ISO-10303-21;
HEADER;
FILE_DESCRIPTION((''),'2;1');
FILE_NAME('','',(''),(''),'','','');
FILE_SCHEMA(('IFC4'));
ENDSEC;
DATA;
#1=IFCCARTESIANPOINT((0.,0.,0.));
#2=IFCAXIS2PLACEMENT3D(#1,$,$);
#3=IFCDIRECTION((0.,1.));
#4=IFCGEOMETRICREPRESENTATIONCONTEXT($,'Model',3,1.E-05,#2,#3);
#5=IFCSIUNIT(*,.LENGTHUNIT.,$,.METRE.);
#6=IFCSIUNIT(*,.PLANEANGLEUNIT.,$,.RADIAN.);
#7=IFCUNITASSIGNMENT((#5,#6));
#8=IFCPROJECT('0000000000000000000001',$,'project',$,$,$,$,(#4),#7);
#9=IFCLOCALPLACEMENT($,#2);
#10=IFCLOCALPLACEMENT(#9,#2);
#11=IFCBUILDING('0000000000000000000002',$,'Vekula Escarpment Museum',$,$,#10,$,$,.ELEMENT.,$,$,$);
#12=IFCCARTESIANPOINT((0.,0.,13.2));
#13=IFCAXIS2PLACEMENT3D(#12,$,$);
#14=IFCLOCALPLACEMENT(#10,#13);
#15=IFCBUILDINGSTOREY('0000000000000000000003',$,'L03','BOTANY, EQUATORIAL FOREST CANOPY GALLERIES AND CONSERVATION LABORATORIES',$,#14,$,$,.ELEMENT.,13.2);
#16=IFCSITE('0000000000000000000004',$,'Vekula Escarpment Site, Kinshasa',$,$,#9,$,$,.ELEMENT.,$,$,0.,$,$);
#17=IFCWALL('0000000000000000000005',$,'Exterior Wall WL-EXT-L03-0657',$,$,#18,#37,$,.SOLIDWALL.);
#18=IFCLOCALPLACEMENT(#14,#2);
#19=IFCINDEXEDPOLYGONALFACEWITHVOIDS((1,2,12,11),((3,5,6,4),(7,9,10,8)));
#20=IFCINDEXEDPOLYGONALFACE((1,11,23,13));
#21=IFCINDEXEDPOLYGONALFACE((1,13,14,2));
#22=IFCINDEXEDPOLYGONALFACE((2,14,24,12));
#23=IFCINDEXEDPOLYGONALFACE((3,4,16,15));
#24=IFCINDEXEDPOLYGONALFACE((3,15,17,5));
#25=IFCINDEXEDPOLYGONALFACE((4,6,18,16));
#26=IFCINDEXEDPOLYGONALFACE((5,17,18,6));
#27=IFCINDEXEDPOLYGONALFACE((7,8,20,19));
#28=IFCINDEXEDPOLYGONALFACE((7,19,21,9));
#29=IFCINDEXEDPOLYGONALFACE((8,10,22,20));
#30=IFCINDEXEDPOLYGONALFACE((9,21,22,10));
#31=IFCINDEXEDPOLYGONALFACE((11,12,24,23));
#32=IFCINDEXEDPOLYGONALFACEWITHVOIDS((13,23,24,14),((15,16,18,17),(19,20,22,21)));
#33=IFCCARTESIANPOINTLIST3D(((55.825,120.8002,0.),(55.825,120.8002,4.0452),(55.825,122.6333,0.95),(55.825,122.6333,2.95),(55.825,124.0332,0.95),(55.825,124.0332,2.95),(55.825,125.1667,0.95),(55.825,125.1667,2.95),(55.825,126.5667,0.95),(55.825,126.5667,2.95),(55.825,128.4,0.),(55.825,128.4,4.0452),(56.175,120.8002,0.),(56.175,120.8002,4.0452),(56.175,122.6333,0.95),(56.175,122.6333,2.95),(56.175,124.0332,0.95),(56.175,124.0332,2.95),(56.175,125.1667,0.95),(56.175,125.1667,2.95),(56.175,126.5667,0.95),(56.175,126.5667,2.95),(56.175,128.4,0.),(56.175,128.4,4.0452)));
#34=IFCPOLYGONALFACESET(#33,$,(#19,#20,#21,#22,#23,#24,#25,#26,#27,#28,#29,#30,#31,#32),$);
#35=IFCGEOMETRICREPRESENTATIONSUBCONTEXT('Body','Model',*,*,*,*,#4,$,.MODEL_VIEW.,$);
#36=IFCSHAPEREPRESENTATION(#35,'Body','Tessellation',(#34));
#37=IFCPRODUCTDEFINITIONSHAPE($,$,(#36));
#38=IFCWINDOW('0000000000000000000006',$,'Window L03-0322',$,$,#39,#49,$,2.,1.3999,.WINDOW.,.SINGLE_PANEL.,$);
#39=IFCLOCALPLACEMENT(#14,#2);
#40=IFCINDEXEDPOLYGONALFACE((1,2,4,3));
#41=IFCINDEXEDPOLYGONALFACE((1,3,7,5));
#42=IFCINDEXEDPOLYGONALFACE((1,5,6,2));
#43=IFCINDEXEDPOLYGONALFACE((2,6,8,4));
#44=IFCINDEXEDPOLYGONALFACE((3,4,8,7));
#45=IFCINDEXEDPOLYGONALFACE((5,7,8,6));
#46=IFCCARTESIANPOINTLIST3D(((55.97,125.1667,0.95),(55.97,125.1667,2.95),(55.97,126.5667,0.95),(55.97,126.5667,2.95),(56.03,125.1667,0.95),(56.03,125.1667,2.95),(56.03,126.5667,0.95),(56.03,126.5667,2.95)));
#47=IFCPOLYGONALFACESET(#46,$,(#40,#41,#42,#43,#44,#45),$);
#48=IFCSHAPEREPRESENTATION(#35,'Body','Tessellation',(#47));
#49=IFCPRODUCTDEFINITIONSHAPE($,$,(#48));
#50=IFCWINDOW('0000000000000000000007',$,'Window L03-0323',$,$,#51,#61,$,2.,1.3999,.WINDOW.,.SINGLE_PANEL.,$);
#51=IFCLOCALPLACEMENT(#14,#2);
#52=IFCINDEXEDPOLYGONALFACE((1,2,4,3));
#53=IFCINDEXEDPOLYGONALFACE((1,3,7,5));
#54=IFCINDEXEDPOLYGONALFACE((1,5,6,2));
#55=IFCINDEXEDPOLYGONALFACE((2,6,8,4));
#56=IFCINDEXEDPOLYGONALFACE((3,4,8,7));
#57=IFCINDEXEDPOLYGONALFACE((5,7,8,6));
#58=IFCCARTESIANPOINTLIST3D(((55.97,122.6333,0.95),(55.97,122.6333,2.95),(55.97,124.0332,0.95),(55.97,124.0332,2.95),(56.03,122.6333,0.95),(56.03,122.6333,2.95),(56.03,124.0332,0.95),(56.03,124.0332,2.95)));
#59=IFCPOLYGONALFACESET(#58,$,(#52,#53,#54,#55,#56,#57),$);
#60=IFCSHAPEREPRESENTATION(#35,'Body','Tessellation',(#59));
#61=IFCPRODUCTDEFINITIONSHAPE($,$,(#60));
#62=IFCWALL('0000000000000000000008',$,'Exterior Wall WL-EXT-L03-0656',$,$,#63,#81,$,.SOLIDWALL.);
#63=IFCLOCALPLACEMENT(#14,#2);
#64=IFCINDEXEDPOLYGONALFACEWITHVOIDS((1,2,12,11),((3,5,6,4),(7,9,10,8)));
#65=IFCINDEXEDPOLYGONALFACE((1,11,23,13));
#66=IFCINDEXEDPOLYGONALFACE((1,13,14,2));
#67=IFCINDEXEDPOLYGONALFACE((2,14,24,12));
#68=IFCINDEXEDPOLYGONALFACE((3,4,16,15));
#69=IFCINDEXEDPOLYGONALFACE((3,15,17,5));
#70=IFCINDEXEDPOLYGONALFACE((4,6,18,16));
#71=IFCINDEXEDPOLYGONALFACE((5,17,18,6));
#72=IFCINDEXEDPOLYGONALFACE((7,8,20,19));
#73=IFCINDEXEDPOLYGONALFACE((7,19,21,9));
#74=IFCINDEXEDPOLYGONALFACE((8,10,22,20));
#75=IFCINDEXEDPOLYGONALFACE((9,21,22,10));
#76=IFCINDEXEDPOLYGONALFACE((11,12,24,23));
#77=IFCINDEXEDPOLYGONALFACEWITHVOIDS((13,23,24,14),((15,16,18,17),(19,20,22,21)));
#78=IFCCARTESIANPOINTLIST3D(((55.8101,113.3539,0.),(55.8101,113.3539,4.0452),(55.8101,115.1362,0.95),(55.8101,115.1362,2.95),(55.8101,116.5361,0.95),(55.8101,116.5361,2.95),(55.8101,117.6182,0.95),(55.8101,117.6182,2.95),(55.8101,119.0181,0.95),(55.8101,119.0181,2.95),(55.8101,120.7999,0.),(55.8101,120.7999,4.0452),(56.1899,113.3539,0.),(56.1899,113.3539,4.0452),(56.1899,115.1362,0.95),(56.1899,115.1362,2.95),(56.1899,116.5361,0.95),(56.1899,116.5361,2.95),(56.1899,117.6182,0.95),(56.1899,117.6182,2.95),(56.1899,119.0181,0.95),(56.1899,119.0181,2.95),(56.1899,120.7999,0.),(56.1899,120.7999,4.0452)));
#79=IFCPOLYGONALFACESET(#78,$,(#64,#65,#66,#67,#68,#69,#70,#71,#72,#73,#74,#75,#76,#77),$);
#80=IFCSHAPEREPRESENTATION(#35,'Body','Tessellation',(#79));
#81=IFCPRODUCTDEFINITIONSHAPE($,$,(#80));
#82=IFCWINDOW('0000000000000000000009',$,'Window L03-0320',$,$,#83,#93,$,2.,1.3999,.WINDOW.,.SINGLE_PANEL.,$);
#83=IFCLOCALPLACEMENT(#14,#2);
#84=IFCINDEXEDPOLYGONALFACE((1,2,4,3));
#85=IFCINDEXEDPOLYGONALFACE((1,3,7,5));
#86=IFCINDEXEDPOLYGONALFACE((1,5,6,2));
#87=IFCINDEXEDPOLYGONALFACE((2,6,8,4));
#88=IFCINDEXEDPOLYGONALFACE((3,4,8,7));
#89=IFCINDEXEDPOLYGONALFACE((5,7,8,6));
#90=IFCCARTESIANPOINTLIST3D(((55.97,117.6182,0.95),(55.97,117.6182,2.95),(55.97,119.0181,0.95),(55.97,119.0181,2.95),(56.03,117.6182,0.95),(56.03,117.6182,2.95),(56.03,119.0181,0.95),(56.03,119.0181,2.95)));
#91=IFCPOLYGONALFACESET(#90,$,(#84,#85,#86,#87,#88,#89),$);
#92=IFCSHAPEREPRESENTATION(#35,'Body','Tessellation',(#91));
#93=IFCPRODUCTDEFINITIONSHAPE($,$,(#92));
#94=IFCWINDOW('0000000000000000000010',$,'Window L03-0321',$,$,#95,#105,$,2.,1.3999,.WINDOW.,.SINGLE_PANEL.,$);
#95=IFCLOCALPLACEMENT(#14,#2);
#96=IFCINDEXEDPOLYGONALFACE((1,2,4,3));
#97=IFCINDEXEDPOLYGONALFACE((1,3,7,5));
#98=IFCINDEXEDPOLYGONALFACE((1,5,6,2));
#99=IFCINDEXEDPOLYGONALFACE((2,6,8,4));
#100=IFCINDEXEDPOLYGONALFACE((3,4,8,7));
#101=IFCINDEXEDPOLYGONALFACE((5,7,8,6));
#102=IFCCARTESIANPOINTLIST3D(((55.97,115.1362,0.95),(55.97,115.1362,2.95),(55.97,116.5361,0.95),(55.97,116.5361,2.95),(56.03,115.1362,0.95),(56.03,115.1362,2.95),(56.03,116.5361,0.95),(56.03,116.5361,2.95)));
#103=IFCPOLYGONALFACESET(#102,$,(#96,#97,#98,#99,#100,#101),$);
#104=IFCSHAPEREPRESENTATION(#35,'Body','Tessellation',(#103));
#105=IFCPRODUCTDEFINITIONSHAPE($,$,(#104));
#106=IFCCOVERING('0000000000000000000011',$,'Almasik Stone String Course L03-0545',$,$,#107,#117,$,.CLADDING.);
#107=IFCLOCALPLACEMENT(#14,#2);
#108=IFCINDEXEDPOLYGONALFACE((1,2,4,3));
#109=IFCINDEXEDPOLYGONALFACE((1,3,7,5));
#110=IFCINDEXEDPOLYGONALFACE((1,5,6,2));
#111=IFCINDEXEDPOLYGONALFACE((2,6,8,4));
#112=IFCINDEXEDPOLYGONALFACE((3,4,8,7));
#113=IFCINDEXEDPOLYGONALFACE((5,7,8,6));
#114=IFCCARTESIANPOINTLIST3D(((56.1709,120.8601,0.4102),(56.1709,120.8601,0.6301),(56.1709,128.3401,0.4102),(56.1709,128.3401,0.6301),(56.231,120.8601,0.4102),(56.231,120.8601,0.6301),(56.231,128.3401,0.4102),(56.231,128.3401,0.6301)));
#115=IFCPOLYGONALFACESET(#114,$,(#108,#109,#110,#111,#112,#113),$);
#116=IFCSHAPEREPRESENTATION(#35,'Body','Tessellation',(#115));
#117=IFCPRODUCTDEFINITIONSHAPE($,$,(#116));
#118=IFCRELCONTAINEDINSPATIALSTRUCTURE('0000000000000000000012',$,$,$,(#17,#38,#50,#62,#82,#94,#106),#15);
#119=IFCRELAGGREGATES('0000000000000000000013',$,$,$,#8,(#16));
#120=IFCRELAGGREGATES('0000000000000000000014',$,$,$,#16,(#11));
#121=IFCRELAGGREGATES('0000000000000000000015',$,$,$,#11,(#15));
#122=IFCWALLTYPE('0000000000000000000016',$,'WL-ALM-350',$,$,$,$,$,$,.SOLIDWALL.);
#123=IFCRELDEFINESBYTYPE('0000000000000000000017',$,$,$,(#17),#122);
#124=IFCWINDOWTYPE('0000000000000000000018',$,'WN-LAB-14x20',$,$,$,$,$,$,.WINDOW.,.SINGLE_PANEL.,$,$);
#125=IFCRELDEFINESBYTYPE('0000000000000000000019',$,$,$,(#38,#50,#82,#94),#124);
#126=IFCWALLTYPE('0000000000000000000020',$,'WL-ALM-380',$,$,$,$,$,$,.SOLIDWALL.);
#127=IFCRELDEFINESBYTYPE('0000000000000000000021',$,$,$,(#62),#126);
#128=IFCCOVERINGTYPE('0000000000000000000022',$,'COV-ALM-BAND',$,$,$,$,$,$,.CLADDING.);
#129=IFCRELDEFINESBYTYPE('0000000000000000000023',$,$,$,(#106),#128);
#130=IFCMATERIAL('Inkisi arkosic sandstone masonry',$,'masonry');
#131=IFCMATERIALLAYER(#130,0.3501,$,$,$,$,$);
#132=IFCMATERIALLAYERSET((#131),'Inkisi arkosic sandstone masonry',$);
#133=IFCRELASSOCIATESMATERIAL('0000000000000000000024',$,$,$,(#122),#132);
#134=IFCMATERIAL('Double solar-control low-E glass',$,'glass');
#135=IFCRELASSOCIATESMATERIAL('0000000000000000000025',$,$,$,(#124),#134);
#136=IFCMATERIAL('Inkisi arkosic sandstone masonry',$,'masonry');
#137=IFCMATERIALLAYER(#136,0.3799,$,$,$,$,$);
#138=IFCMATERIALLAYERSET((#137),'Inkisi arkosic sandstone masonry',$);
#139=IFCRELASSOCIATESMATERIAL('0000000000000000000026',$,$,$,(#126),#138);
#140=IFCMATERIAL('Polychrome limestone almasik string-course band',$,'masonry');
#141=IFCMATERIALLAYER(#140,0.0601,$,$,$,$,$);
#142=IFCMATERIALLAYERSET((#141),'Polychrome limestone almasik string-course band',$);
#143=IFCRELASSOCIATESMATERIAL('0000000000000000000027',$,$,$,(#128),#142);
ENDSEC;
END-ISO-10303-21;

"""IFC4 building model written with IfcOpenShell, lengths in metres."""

from ifc_helpers import new_model, si_unit, direction, frame, frame_2d, origin, origin_2d, place, context, subcontext, project, spatial, rectangle, extrude, material, layer, layer_set, type_object, element, fill, save


model = new_model("IFC4")

# Units and contexts
model_context = context("Model", 3, precision=1e-05, world=origin(), true_north=direction((0.0, 1.0)))
body_context = subcontext(model_context, "Body", "Model", "MODEL_VIEW")
ifc_project = project(units=[si_unit("LENGTHUNIT", "METRE"), si_unit("PLANEANGLEUNIT", "RADIAN")], contexts=[model_context])

# Site, building, storey
site_placement = place(None, origin())
site = spatial("IfcSite", under=ifc_project, at=site_placement, Name="Vekula Escarpment Site, Kinshasa", CompositionType="ELEMENT", RefElevation=0.0)
building_placement = place(site_placement, origin())
building = spatial("IfcBuilding", under=site, at=building_placement, Name="Vekula Escarpment Museum", CompositionType="ELEMENT")
storey_placement = place(building_placement, frame((0.0, 0.0, 13.2)))
storey = spatial("IfcBuildingStorey", under=building, at=storey_placement, Name="L03", Description="BOTANY, EQUATORIAL FOREST CANOPY GALLERIES AND CONSERVATION LABORATORIES", CompositionType="ELEMENT", Elevation=13.2)

# Walls, openings, windows
ifc_material_1 = material(Name="Inkisi arkosic sandstone masonry", Category="masonry")
ifc_layer_1 = layer(ifc_material_1, 0.3501)
ifc_layer_set_1 = layer_set([ifc_layer_1], Name="Inkisi arkosic sandstone masonry")
wall_type_1 = type_object("IfcWallType", Name="WL-ALM-350", PredefinedType="SOLIDWALL", material=ifc_layer_set_1)
wall_1_placement = place(storey_placement, frame((56.0, 128.3999, 0.0), z_axis=(0.0, 0.0, 1.0), x_axis=(0.0, -1.0, 0.0)))
wall_1 = element("IfcWall", 1, at=wall_1_placement, inside=storey, type_object=wall_type_1, Name="Exterior Wall WL-EXT-L03-0657", PredefinedType="SOLIDWALL", context=body_context, shape_type="SweptSolid", body=[
    extrude(rectangle(XDim=7.5999, YDim=0.3501, at=frame_2d((3.7998, 0.0))), origin(), (0.0, 0.0, 1.0), 4.0452),
])
opening_1_placement = place(wall_1_placement, frame((1.8333, 0.0, 0.95)))
opening_1 = element("IfcOpeningElement", 2, at=opening_1_placement, cuts=wall_1, PredefinedType="OPENING", context=body_context, shape_type="SweptSolid", body=[
    extrude(rectangle(XDim=1.3999, YDim=2.0, at=frame_2d((0.7, 1.0))), frame((0.0, 0.1851, 0.0), z_axis=(0.0, -1.0, 0.0), x_axis=(1.0, 0.0, 0.0)), (0.0, 0.0, 1.0), 0.3701),
])
opening_2_placement = place(wall_1_placement, frame((4.3667, 0.0, 0.95)))
opening_2 = element("IfcOpeningElement", 3, at=opening_2_placement, cuts=wall_1, PredefinedType="OPENING", context=body_context, shape_type="SweptSolid", body=[
    extrude(rectangle(XDim=1.3999, YDim=2.0, at=frame_2d((0.7, 1.0))), frame((0.0, 0.1851, 0.0), z_axis=(0.0, -1.0, 0.0), x_axis=(1.0, 0.0, 0.0)), (0.0, 0.0, 1.0), 0.3701),
])
ifc_material_2 = material(Name="Double solar-control low-E glass", Category="glass")
window_type = type_object("IfcWindowType", Name="WN-LAB-14x20", PartitioningType="SINGLE_PANEL", PredefinedType="WINDOW", material=ifc_material_2)
window_1_placement = place(opening_1_placement, origin())
window_1 = element("IfcWindow", 4, at=window_1_placement, inside=storey, type_object=window_type, Name="Window L03-0322", OverallHeight=2.0, OverallWidth=1.3999, PartitioningType="SINGLE_PANEL", PredefinedType="WINDOW", context=body_context, shape_type="SweptSolid", body=[
    extrude(rectangle(XDim=1.3999, YDim=2.0, at=frame_2d((0.7, 1.0))), frame((0.0, 0.03, 0.0), z_axis=(0.0, -1.0, 0.0), x_axis=(1.0, 0.0, 0.0)), (0.0, 0.0, 1.0), 0.0601),
])
fill(opening_1, window_1)
window_2_placement = place(opening_2_placement, origin())
window_2 = element("IfcWindow", 5, at=window_2_placement, inside=storey, type_object=window_type, Name="Window L03-0323", OverallHeight=2.0, OverallWidth=1.3999, PartitioningType="SINGLE_PANEL", PredefinedType="WINDOW", context=body_context, shape_type="SweptSolid", body=[
    extrude(rectangle(XDim=1.3999, YDim=2.0, at=frame_2d((0.7, 1.0))), frame((0.0, 0.03, 0.0), z_axis=(0.0, -1.0, 0.0), x_axis=(1.0, 0.0, 0.0)), (0.0, 0.0, 1.0), 0.0601),
])
fill(opening_2, window_2)
ifc_material_3 = material(Name="Inkisi arkosic sandstone masonry", Category="masonry")
ifc_layer_2 = layer(ifc_material_3, 0.3799)
ifc_layer_set_2 = layer_set([ifc_layer_2], Name="Inkisi arkosic sandstone masonry")
wall_type_2 = type_object("IfcWallType", Name="WL-ALM-380", PredefinedType="SOLIDWALL", material=ifc_layer_set_2)
wall_2_placement = place(storey_placement, frame((56.0, 120.8, 0.0), z_axis=(0.0, 0.0, 1.0), x_axis=(0.0, -1.0, 0.0)))
wall_2 = element("IfcWall", 6, at=wall_2_placement, inside=storey, type_object=wall_type_2, Name="Exterior Wall WL-EXT-L03-0656", PredefinedType="SOLIDWALL", context=body_context, shape_type="SweptSolid", body=[
    extrude(rectangle(XDim=7.446, YDim=0.3799, at=frame_2d((3.7231, 0.0))), origin(), (0.0, 0.0, 1.0), 4.0452),
])
opening_3_placement = place(wall_2_placement, frame((1.782, 0.0, 0.95)))
opening_3 = element("IfcOpeningElement", 7, at=opening_3_placement, cuts=wall_2, PredefinedType="OPENING", context=body_context, shape_type="SweptSolid", body=[
    extrude(rectangle(XDim=1.3999, YDim=2.0, at=frame_2d((0.7, 1.0))), frame((0.0, 0.2, 0.0), z_axis=(0.0, -1.0, 0.0), x_axis=(1.0, 0.0, 0.0)), (0.0, 0.0, 1.0), 0.3999),
])
opening_4_placement = place(wall_2_placement, frame((4.2639, 0.0, 0.95)))
opening_4 = element("IfcOpeningElement", 8, at=opening_4_placement, cuts=wall_2, PredefinedType="OPENING", context=body_context, shape_type="SweptSolid", body=[
    extrude(rectangle(XDim=1.3999, YDim=2.0, at=frame_2d((0.7, 1.0))), frame((0.0, 0.2, 0.0), z_axis=(0.0, -1.0, 0.0), x_axis=(1.0, 0.0, 0.0)), (0.0, 0.0, 1.0), 0.3999),
])
window_3_placement = place(opening_3_placement, origin())
window_3 = element("IfcWindow", 9, at=window_3_placement, inside=storey, type_object=window_type, Name="Window L03-0320", OverallHeight=2.0, OverallWidth=1.3999, PartitioningType="SINGLE_PANEL", PredefinedType="WINDOW", context=body_context, shape_type="SweptSolid", body=[
    extrude(rectangle(XDim=1.3999, YDim=2.0, at=frame_2d((0.7, 1.0))), frame((0.0, 0.03, 0.0), z_axis=(0.0, -1.0, 0.0), x_axis=(1.0, 0.0, 0.0)), (0.0, 0.0, 1.0), 0.0601),
])
fill(opening_3, window_3)
window_4_placement = place(opening_4_placement, origin())
window_4 = element("IfcWindow", 10, at=window_4_placement, inside=storey, type_object=window_type, Name="Window L03-0321", OverallHeight=2.0, OverallWidth=1.3999, PartitioningType="SINGLE_PANEL", PredefinedType="WINDOW", context=body_context, shape_type="SweptSolid", body=[
    extrude(rectangle(XDim=1.3999, YDim=2.0, at=frame_2d((0.7, 1.0))), frame((0.0, 0.03, 0.0), z_axis=(0.0, -1.0, 0.0), x_axis=(1.0, 0.0, 0.0)), (0.0, 0.0, 1.0), 0.0601),
])
fill(opening_4, window_4)

# Covering
ifc_material_4 = material(Name="Polychrome limestone almasik string-course band", Category="masonry")
ifc_layer_3 = layer(ifc_material_4, 0.0601)
ifc_layer_set_3 = layer_set([ifc_layer_3], Name="Polychrome limestone almasik string-course band")
covering_type = type_object("IfcCoveringType", Name="COV-ALM-BAND", PredefinedType="CLADDING", material=ifc_layer_set_3)
covering_placement = place(storey_placement, frame((56.2009, 124.6001, 0.4102), z_axis=(0.0, 0.0, 1.0), x_axis=(0.0, 1.0, 0.0)))
element("IfcCovering", 11, at=covering_placement, inside=storey, type_object=covering_type, Name="Almasik Stone String Course L03-0545", PredefinedType="CLADDING", context=body_context, shape_type="SweptSolid", body=[
    extrude(rectangle(XDim=7.48, YDim=0.0601, at=origin_2d()), origin(), (0.0, 0.0, 1.0), 0.22),
])

save(model, "model.ifc")
